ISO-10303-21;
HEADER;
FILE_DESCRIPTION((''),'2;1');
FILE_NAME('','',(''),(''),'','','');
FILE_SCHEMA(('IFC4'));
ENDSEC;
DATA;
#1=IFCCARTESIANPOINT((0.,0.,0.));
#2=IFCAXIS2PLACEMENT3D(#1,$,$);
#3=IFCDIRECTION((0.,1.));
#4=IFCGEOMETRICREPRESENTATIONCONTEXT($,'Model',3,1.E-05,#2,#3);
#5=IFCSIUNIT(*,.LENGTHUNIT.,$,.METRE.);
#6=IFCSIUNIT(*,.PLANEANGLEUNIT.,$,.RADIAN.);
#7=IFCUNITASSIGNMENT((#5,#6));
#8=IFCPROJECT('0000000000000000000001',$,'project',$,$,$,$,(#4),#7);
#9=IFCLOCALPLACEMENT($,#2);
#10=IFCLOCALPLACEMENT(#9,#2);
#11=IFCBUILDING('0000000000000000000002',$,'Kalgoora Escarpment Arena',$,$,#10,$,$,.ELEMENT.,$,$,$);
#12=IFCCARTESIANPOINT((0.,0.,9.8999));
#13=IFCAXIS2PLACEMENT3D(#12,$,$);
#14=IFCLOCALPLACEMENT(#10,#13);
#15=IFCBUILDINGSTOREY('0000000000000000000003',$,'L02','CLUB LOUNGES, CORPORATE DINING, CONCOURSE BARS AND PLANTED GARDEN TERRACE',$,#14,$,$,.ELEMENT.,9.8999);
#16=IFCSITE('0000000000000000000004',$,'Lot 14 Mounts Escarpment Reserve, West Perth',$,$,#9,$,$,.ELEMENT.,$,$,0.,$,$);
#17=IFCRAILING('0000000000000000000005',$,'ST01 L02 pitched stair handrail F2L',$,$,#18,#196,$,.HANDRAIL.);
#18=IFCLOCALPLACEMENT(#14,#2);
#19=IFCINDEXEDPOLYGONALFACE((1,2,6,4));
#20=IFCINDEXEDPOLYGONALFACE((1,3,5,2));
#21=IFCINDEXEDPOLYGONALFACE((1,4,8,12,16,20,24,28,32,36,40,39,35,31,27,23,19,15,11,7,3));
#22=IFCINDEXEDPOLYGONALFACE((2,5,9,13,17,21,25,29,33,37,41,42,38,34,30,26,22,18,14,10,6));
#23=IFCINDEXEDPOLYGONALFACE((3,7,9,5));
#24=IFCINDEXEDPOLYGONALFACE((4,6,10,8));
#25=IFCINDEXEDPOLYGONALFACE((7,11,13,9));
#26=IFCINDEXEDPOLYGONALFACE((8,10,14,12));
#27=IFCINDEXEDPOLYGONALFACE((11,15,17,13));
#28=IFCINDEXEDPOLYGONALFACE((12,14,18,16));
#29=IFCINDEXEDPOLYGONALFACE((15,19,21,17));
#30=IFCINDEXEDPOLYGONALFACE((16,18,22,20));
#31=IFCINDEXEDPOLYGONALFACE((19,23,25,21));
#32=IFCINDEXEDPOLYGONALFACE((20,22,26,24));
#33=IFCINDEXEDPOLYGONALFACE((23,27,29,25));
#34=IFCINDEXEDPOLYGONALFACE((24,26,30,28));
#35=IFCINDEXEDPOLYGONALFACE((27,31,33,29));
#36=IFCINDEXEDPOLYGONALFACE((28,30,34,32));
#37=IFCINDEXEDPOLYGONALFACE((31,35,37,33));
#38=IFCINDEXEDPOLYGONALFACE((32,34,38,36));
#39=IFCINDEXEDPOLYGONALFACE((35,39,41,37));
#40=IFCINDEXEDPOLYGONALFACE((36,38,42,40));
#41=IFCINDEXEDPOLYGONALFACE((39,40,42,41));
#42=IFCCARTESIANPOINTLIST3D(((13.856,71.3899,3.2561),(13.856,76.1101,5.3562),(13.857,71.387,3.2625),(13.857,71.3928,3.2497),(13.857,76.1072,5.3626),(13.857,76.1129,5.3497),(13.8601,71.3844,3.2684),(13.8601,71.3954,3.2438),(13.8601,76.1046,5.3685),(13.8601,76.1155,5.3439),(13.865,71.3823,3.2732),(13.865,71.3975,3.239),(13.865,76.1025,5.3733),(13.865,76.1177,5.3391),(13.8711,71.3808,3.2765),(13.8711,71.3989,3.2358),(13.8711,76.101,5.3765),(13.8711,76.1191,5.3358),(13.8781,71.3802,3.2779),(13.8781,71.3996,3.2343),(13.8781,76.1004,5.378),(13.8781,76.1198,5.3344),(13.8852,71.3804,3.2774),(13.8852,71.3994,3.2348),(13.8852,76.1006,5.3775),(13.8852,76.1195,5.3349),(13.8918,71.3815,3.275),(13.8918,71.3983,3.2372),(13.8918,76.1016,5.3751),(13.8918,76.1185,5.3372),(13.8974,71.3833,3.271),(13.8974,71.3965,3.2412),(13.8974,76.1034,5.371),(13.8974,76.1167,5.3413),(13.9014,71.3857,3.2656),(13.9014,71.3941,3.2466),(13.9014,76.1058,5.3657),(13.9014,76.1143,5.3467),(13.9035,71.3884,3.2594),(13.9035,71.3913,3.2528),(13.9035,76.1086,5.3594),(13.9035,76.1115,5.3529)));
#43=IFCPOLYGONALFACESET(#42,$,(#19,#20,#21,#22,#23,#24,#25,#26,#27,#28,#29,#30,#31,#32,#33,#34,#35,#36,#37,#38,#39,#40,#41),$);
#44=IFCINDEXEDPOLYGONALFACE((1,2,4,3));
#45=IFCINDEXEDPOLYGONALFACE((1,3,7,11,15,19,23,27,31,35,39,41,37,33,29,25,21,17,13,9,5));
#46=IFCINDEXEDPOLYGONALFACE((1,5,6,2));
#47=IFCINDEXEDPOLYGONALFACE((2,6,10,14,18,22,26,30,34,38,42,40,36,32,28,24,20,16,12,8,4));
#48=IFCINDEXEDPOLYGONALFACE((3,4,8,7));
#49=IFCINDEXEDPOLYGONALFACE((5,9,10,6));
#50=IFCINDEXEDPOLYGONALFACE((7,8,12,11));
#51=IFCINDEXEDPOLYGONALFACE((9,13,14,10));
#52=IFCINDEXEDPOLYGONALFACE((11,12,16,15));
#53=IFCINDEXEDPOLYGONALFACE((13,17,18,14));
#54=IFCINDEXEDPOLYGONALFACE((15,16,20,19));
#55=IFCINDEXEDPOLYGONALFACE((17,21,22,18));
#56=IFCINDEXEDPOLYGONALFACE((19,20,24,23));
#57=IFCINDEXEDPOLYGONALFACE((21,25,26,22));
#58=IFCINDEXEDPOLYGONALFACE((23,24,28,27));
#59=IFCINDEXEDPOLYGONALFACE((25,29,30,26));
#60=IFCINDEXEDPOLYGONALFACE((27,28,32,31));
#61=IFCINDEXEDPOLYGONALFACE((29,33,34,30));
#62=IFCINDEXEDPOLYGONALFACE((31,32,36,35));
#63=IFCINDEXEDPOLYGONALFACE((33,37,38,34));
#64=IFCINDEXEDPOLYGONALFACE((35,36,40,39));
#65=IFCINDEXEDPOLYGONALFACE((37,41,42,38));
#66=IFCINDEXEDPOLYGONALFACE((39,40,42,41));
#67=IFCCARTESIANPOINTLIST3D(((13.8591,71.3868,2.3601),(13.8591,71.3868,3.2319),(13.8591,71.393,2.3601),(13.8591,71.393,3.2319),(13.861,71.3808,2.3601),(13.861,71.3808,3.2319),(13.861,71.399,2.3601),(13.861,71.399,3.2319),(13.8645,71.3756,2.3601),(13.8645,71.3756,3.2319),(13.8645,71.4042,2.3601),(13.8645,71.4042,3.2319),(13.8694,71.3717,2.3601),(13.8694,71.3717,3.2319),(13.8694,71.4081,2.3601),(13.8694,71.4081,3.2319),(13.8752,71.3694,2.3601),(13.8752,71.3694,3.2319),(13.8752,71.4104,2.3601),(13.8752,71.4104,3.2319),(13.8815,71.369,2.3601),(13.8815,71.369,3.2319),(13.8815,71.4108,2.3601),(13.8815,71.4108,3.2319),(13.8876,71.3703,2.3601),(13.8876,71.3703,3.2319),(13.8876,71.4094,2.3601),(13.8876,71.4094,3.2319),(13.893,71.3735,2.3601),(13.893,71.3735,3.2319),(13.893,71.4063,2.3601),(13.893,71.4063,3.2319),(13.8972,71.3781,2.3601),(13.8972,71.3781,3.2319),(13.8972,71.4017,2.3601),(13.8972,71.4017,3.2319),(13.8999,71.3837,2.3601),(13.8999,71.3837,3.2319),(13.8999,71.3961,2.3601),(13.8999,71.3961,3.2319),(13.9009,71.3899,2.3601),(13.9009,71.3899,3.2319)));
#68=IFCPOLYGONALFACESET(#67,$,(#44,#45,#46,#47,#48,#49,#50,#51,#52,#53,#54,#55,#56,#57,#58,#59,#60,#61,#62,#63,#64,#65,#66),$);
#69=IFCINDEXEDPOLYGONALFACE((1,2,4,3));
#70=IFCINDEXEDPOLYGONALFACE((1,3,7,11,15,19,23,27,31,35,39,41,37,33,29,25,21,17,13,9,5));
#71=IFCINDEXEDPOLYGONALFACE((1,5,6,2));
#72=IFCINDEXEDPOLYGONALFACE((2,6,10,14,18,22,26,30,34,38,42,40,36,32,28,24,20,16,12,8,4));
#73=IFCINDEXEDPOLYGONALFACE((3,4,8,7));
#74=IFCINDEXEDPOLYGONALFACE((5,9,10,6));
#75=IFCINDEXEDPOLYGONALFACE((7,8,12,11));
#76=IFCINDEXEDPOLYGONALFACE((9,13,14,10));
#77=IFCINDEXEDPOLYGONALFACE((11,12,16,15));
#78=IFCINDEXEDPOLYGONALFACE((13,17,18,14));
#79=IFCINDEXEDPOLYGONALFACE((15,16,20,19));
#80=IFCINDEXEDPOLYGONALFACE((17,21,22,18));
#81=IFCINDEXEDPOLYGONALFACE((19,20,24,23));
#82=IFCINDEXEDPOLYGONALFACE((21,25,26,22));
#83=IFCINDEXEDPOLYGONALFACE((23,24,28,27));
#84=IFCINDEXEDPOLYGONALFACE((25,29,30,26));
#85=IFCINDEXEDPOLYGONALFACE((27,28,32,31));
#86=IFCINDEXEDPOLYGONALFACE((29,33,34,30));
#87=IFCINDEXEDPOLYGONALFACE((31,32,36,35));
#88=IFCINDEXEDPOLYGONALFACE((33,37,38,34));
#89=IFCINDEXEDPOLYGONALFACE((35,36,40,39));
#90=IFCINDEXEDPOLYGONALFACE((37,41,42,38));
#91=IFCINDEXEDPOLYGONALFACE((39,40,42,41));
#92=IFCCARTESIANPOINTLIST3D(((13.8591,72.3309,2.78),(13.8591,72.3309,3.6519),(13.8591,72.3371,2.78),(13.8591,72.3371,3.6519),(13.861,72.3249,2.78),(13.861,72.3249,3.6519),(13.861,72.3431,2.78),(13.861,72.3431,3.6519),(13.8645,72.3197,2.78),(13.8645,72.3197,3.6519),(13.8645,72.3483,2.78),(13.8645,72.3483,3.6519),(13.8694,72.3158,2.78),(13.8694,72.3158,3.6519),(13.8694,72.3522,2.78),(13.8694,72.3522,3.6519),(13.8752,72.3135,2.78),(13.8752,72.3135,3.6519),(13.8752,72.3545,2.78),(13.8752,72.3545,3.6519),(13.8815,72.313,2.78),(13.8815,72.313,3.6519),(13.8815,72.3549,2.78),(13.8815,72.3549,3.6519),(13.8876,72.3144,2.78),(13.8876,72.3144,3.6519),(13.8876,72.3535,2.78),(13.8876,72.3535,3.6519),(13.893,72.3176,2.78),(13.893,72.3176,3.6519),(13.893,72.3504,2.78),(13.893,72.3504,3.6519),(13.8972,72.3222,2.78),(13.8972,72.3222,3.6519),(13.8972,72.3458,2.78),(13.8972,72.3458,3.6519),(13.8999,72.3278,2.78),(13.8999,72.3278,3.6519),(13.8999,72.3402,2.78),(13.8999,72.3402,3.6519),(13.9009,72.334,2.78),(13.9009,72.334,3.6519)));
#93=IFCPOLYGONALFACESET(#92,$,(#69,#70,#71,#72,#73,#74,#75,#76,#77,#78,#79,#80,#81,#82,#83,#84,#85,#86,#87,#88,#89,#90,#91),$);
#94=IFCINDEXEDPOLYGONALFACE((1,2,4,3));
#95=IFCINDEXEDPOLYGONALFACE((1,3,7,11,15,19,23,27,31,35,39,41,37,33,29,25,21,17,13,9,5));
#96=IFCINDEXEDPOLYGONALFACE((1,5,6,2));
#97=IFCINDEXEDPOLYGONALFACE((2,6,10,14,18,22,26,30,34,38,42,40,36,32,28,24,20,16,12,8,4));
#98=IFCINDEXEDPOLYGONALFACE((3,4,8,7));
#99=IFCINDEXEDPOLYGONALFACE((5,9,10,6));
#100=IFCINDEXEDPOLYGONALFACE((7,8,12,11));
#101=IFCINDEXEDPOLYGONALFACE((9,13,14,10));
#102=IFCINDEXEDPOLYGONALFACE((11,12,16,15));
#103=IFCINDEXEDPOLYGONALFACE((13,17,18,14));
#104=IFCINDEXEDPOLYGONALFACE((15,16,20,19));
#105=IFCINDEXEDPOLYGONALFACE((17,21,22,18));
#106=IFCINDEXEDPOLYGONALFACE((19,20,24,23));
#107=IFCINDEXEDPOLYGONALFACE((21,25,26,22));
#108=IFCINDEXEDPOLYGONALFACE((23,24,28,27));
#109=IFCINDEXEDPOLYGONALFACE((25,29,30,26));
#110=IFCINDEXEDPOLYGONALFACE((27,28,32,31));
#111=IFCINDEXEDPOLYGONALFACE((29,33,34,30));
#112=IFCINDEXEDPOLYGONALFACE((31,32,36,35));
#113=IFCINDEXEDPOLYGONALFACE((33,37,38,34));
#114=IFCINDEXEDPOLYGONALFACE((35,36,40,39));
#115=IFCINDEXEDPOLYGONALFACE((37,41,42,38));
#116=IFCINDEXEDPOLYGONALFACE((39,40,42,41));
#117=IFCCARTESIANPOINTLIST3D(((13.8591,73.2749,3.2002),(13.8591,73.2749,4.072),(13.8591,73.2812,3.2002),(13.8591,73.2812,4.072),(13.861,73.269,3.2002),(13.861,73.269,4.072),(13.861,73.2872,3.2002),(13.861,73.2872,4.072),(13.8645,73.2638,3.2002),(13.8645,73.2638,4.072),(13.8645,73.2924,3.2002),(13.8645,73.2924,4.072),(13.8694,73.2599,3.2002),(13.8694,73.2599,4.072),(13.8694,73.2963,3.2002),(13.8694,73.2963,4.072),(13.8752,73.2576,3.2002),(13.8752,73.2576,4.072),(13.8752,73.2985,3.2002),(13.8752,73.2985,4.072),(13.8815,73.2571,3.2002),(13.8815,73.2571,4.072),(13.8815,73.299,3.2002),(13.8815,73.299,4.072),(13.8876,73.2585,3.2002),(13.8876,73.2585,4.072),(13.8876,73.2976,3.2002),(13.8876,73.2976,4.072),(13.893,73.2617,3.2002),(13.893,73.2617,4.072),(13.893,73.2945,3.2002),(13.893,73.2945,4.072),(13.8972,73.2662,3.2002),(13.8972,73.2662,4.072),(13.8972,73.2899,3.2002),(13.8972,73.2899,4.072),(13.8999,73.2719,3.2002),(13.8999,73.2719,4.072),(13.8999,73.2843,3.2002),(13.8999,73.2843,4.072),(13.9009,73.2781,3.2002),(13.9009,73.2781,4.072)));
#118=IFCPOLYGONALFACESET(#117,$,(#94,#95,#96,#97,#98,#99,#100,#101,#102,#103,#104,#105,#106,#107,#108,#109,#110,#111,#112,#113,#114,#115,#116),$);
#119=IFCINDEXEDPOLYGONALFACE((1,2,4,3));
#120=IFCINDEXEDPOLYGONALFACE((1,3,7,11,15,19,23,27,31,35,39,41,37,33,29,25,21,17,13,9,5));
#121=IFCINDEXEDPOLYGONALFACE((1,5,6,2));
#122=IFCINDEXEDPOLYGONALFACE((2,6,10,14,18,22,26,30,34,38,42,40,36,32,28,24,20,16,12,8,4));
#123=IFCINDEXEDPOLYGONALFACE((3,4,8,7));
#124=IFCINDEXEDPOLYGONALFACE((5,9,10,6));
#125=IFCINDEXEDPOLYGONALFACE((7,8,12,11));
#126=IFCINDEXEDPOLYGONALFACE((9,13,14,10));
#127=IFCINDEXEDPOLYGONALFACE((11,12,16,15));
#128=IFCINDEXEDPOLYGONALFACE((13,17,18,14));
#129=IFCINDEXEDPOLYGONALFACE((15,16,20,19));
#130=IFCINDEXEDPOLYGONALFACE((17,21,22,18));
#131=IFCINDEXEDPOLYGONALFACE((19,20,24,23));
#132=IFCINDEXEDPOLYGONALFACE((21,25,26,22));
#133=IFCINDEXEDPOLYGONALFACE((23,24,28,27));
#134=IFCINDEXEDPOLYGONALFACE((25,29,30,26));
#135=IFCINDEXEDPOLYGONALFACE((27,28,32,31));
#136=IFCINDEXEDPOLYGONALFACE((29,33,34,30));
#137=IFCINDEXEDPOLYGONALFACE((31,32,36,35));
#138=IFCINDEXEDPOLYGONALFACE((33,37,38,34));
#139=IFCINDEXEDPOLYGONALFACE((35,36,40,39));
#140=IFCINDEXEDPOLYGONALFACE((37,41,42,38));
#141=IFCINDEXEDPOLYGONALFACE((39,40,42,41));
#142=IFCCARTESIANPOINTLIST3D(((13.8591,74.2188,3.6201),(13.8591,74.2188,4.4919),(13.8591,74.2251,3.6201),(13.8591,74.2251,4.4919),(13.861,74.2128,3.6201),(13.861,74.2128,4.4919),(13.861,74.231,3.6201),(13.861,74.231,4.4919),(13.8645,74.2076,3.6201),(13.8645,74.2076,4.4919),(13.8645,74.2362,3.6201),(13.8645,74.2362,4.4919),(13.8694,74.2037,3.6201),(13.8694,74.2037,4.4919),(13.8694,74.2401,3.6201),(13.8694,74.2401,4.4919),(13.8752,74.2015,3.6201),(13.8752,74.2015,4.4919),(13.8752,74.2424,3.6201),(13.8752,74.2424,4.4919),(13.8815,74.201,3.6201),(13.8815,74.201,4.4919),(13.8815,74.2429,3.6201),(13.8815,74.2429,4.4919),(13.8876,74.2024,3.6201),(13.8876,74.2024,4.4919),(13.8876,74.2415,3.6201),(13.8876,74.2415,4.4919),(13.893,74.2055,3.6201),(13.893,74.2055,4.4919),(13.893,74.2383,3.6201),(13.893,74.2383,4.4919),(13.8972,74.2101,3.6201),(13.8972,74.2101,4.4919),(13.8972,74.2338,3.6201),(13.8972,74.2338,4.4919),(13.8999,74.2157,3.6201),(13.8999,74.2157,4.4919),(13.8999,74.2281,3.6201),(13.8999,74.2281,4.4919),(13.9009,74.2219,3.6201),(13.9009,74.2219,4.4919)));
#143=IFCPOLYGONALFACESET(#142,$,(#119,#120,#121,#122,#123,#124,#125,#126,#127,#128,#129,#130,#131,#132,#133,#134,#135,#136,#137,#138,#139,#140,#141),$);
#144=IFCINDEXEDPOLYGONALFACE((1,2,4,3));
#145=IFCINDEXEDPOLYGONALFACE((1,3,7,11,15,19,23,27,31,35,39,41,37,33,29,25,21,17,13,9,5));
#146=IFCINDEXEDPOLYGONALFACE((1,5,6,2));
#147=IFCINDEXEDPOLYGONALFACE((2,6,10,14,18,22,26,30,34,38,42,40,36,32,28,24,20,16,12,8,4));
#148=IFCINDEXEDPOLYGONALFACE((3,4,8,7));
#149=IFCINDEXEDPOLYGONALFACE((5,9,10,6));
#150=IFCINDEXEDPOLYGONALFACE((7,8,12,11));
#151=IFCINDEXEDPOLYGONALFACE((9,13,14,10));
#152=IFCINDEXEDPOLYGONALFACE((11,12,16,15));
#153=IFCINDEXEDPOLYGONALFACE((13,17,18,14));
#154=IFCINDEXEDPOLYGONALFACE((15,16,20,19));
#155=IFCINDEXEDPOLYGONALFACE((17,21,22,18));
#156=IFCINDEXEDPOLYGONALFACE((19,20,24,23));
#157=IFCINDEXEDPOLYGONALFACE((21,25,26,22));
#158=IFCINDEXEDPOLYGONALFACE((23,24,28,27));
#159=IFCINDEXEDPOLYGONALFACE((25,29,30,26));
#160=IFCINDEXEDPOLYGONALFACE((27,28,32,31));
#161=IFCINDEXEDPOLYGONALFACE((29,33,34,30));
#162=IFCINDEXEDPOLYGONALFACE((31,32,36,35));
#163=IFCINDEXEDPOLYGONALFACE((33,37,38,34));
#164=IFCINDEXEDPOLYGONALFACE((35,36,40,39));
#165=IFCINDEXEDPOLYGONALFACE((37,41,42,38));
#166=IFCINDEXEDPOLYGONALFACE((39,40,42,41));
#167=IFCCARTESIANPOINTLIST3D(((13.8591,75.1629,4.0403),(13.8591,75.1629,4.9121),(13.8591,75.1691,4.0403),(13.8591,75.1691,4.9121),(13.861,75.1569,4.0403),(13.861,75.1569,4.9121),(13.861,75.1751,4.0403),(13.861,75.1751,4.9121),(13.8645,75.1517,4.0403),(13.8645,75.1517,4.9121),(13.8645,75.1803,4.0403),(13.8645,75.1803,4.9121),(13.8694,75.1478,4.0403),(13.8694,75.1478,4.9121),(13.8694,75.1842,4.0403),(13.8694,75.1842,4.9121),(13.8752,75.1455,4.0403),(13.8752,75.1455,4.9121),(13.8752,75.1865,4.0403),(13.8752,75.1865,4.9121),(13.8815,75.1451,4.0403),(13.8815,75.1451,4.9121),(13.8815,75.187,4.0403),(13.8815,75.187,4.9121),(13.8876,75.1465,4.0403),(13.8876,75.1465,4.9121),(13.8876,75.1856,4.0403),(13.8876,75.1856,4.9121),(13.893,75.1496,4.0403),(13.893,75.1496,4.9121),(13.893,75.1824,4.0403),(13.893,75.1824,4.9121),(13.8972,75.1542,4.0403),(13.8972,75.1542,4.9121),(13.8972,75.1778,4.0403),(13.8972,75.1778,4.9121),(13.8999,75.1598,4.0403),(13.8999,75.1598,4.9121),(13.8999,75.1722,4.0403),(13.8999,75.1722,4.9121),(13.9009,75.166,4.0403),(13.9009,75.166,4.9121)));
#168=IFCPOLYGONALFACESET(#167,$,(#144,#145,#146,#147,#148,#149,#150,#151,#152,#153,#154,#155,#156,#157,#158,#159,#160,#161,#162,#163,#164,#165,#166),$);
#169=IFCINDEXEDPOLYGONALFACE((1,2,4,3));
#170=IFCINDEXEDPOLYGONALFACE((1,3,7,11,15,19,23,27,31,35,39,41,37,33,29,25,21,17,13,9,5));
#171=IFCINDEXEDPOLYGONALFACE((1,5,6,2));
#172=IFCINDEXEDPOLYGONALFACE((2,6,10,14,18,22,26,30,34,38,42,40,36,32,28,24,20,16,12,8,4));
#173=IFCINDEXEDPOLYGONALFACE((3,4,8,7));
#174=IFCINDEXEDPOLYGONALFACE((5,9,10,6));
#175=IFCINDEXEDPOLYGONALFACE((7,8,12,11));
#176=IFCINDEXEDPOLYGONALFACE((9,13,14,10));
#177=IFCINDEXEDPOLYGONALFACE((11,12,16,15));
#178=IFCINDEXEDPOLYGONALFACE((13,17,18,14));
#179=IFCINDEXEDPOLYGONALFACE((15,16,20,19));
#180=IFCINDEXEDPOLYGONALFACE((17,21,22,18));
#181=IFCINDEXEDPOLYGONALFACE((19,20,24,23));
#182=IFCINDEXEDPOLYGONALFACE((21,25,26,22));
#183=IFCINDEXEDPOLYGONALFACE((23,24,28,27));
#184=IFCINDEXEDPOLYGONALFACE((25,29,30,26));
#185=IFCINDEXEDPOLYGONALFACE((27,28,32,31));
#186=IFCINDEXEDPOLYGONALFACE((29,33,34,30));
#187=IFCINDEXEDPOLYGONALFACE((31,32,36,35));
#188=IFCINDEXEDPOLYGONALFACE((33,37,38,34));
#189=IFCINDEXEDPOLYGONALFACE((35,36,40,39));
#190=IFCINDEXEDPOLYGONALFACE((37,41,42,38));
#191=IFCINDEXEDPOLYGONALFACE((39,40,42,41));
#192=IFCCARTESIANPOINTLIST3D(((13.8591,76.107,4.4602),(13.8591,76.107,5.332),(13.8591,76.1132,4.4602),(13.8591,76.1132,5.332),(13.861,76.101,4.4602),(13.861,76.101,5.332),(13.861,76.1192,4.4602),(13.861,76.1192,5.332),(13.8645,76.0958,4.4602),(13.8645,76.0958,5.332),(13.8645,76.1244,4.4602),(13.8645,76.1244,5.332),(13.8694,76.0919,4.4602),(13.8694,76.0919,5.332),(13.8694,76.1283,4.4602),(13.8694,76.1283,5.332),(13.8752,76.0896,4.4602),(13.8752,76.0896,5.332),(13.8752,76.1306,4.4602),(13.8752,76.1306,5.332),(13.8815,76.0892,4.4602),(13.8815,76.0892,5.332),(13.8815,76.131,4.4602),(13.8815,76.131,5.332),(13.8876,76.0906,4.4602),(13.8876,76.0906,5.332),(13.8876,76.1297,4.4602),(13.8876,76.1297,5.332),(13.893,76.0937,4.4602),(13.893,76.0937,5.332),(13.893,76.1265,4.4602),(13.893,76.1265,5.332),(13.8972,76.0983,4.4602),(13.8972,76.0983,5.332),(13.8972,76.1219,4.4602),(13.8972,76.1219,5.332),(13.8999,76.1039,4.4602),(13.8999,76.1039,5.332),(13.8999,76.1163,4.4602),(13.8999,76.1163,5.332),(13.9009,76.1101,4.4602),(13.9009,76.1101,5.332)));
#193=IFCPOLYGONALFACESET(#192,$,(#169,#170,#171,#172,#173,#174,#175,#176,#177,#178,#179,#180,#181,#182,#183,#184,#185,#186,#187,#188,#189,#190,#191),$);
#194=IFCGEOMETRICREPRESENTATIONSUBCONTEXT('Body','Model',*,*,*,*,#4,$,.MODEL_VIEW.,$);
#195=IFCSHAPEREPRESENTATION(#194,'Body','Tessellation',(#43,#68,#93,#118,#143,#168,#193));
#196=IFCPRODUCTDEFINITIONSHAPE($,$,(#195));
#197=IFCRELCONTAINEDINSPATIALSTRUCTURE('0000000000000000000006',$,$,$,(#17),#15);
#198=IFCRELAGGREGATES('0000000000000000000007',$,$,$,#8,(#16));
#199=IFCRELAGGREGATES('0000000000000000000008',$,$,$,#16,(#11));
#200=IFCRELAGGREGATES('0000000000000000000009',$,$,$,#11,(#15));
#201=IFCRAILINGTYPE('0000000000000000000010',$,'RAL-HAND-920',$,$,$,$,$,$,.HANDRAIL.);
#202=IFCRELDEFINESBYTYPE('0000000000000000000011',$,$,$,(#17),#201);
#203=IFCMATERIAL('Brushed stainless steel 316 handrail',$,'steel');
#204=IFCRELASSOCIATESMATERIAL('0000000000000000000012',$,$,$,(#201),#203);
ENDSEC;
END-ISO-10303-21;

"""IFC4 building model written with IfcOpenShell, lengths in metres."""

from ifc_helpers import new_model, si_unit, direction, frame, origin, origin_2d, place, context, subcontext, project, spatial, circle, extrude, material, type_object, element, save


model = new_model("IFC4")

# Units and contexts
model_context = context("Model", 3, precision=1e-05, world=origin(), true_north=direction((0.0, 1.0)))
body_context = subcontext(model_context, "Body", "Model", "MODEL_VIEW")
ifc_project = project(units=[si_unit("LENGTHUNIT", "METRE"), si_unit("PLANEANGLEUNIT", "RADIAN")], contexts=[model_context])

# Site, building, storey
site_placement = place(None, origin())
site = spatial("IfcSite", under=ifc_project, at=site_placement, Name="Lot 14 Mounts Escarpment Reserve, West Perth", CompositionType="ELEMENT", RefElevation=0.0)
building_placement = place(site_placement, origin())
building = spatial("IfcBuilding", under=site, at=building_placement, Name="Kalgoora Escarpment Arena", CompositionType="ELEMENT")
storey_placement = place(building_placement, frame((0.0, 0.0, 9.8999)))
storey = spatial("IfcBuildingStorey", under=building, at=storey_placement, Name="L02", Description="CLUB LOUNGES, CORPORATE DINING, CONCOURSE BARS AND PLANTED GARDEN TERRACE", CompositionType="ELEMENT", Elevation=9.8999)

# Railing
ifc_material_1 = material(Name="Brushed stainless steel 316 handrail", Category="steel")
railing_type_1 = type_object("IfcRailingType", Name="RAL-HAND-920", PredefinedType="HANDRAIL", material=ifc_material_1)
for number, where, name in (
    (1, (13.8799, 71.3899, 2.3601), "ST01 L02 pitched stair handrail F2L"),
):
    element("IfcRailing", number, at=place(storey_placement, frame(where)), inside=storey, type_object=railing_type_1, Name=name, PredefinedType="HANDRAIL", context=body_context, shape_type="SweptSolid", body=[
        extrude(circle(Radius=0.0239, at=origin_2d()), frame((0.0, 0.0, 0.896), z_axis=(0.0, 0.913652, 0.406498), x_axis=(-1.0, 0.0, 0.0)), (0.0, 0.0, 1.0), 5.1663),
        extrude(circle(Radius=0.021, at=origin_2d()), origin(), (0.0, 0.0, 1.0), 0.8718),
        extrude(circle(Radius=0.021, at=origin_2d()), frame((0.0, 0.9441, 0.4199)), (0.0, 0.0, 1.0), 0.8718),
        extrude(circle(Radius=0.021, at=origin_2d()), frame((0.0, 1.8882, 0.8401)), (0.0, 0.0, 1.0), 0.8718),
        extrude(circle(Radius=0.021, at=origin_2d()), frame((0.0, 2.832, 1.26)), (0.0, 0.0, 1.0), 0.8718),
        extrude(circle(Radius=0.021, at=origin_2d()), frame((0.0, 3.7761, 1.6802)), (0.0, 0.0, 1.0), 0.8718),
        extrude(circle(Radius=0.021, at=origin_2d()), frame((0.0, 4.7202, 2.1001)), (0.0, 0.0, 1.0), 0.8718),
    ])

save(model, "model.ifc")
